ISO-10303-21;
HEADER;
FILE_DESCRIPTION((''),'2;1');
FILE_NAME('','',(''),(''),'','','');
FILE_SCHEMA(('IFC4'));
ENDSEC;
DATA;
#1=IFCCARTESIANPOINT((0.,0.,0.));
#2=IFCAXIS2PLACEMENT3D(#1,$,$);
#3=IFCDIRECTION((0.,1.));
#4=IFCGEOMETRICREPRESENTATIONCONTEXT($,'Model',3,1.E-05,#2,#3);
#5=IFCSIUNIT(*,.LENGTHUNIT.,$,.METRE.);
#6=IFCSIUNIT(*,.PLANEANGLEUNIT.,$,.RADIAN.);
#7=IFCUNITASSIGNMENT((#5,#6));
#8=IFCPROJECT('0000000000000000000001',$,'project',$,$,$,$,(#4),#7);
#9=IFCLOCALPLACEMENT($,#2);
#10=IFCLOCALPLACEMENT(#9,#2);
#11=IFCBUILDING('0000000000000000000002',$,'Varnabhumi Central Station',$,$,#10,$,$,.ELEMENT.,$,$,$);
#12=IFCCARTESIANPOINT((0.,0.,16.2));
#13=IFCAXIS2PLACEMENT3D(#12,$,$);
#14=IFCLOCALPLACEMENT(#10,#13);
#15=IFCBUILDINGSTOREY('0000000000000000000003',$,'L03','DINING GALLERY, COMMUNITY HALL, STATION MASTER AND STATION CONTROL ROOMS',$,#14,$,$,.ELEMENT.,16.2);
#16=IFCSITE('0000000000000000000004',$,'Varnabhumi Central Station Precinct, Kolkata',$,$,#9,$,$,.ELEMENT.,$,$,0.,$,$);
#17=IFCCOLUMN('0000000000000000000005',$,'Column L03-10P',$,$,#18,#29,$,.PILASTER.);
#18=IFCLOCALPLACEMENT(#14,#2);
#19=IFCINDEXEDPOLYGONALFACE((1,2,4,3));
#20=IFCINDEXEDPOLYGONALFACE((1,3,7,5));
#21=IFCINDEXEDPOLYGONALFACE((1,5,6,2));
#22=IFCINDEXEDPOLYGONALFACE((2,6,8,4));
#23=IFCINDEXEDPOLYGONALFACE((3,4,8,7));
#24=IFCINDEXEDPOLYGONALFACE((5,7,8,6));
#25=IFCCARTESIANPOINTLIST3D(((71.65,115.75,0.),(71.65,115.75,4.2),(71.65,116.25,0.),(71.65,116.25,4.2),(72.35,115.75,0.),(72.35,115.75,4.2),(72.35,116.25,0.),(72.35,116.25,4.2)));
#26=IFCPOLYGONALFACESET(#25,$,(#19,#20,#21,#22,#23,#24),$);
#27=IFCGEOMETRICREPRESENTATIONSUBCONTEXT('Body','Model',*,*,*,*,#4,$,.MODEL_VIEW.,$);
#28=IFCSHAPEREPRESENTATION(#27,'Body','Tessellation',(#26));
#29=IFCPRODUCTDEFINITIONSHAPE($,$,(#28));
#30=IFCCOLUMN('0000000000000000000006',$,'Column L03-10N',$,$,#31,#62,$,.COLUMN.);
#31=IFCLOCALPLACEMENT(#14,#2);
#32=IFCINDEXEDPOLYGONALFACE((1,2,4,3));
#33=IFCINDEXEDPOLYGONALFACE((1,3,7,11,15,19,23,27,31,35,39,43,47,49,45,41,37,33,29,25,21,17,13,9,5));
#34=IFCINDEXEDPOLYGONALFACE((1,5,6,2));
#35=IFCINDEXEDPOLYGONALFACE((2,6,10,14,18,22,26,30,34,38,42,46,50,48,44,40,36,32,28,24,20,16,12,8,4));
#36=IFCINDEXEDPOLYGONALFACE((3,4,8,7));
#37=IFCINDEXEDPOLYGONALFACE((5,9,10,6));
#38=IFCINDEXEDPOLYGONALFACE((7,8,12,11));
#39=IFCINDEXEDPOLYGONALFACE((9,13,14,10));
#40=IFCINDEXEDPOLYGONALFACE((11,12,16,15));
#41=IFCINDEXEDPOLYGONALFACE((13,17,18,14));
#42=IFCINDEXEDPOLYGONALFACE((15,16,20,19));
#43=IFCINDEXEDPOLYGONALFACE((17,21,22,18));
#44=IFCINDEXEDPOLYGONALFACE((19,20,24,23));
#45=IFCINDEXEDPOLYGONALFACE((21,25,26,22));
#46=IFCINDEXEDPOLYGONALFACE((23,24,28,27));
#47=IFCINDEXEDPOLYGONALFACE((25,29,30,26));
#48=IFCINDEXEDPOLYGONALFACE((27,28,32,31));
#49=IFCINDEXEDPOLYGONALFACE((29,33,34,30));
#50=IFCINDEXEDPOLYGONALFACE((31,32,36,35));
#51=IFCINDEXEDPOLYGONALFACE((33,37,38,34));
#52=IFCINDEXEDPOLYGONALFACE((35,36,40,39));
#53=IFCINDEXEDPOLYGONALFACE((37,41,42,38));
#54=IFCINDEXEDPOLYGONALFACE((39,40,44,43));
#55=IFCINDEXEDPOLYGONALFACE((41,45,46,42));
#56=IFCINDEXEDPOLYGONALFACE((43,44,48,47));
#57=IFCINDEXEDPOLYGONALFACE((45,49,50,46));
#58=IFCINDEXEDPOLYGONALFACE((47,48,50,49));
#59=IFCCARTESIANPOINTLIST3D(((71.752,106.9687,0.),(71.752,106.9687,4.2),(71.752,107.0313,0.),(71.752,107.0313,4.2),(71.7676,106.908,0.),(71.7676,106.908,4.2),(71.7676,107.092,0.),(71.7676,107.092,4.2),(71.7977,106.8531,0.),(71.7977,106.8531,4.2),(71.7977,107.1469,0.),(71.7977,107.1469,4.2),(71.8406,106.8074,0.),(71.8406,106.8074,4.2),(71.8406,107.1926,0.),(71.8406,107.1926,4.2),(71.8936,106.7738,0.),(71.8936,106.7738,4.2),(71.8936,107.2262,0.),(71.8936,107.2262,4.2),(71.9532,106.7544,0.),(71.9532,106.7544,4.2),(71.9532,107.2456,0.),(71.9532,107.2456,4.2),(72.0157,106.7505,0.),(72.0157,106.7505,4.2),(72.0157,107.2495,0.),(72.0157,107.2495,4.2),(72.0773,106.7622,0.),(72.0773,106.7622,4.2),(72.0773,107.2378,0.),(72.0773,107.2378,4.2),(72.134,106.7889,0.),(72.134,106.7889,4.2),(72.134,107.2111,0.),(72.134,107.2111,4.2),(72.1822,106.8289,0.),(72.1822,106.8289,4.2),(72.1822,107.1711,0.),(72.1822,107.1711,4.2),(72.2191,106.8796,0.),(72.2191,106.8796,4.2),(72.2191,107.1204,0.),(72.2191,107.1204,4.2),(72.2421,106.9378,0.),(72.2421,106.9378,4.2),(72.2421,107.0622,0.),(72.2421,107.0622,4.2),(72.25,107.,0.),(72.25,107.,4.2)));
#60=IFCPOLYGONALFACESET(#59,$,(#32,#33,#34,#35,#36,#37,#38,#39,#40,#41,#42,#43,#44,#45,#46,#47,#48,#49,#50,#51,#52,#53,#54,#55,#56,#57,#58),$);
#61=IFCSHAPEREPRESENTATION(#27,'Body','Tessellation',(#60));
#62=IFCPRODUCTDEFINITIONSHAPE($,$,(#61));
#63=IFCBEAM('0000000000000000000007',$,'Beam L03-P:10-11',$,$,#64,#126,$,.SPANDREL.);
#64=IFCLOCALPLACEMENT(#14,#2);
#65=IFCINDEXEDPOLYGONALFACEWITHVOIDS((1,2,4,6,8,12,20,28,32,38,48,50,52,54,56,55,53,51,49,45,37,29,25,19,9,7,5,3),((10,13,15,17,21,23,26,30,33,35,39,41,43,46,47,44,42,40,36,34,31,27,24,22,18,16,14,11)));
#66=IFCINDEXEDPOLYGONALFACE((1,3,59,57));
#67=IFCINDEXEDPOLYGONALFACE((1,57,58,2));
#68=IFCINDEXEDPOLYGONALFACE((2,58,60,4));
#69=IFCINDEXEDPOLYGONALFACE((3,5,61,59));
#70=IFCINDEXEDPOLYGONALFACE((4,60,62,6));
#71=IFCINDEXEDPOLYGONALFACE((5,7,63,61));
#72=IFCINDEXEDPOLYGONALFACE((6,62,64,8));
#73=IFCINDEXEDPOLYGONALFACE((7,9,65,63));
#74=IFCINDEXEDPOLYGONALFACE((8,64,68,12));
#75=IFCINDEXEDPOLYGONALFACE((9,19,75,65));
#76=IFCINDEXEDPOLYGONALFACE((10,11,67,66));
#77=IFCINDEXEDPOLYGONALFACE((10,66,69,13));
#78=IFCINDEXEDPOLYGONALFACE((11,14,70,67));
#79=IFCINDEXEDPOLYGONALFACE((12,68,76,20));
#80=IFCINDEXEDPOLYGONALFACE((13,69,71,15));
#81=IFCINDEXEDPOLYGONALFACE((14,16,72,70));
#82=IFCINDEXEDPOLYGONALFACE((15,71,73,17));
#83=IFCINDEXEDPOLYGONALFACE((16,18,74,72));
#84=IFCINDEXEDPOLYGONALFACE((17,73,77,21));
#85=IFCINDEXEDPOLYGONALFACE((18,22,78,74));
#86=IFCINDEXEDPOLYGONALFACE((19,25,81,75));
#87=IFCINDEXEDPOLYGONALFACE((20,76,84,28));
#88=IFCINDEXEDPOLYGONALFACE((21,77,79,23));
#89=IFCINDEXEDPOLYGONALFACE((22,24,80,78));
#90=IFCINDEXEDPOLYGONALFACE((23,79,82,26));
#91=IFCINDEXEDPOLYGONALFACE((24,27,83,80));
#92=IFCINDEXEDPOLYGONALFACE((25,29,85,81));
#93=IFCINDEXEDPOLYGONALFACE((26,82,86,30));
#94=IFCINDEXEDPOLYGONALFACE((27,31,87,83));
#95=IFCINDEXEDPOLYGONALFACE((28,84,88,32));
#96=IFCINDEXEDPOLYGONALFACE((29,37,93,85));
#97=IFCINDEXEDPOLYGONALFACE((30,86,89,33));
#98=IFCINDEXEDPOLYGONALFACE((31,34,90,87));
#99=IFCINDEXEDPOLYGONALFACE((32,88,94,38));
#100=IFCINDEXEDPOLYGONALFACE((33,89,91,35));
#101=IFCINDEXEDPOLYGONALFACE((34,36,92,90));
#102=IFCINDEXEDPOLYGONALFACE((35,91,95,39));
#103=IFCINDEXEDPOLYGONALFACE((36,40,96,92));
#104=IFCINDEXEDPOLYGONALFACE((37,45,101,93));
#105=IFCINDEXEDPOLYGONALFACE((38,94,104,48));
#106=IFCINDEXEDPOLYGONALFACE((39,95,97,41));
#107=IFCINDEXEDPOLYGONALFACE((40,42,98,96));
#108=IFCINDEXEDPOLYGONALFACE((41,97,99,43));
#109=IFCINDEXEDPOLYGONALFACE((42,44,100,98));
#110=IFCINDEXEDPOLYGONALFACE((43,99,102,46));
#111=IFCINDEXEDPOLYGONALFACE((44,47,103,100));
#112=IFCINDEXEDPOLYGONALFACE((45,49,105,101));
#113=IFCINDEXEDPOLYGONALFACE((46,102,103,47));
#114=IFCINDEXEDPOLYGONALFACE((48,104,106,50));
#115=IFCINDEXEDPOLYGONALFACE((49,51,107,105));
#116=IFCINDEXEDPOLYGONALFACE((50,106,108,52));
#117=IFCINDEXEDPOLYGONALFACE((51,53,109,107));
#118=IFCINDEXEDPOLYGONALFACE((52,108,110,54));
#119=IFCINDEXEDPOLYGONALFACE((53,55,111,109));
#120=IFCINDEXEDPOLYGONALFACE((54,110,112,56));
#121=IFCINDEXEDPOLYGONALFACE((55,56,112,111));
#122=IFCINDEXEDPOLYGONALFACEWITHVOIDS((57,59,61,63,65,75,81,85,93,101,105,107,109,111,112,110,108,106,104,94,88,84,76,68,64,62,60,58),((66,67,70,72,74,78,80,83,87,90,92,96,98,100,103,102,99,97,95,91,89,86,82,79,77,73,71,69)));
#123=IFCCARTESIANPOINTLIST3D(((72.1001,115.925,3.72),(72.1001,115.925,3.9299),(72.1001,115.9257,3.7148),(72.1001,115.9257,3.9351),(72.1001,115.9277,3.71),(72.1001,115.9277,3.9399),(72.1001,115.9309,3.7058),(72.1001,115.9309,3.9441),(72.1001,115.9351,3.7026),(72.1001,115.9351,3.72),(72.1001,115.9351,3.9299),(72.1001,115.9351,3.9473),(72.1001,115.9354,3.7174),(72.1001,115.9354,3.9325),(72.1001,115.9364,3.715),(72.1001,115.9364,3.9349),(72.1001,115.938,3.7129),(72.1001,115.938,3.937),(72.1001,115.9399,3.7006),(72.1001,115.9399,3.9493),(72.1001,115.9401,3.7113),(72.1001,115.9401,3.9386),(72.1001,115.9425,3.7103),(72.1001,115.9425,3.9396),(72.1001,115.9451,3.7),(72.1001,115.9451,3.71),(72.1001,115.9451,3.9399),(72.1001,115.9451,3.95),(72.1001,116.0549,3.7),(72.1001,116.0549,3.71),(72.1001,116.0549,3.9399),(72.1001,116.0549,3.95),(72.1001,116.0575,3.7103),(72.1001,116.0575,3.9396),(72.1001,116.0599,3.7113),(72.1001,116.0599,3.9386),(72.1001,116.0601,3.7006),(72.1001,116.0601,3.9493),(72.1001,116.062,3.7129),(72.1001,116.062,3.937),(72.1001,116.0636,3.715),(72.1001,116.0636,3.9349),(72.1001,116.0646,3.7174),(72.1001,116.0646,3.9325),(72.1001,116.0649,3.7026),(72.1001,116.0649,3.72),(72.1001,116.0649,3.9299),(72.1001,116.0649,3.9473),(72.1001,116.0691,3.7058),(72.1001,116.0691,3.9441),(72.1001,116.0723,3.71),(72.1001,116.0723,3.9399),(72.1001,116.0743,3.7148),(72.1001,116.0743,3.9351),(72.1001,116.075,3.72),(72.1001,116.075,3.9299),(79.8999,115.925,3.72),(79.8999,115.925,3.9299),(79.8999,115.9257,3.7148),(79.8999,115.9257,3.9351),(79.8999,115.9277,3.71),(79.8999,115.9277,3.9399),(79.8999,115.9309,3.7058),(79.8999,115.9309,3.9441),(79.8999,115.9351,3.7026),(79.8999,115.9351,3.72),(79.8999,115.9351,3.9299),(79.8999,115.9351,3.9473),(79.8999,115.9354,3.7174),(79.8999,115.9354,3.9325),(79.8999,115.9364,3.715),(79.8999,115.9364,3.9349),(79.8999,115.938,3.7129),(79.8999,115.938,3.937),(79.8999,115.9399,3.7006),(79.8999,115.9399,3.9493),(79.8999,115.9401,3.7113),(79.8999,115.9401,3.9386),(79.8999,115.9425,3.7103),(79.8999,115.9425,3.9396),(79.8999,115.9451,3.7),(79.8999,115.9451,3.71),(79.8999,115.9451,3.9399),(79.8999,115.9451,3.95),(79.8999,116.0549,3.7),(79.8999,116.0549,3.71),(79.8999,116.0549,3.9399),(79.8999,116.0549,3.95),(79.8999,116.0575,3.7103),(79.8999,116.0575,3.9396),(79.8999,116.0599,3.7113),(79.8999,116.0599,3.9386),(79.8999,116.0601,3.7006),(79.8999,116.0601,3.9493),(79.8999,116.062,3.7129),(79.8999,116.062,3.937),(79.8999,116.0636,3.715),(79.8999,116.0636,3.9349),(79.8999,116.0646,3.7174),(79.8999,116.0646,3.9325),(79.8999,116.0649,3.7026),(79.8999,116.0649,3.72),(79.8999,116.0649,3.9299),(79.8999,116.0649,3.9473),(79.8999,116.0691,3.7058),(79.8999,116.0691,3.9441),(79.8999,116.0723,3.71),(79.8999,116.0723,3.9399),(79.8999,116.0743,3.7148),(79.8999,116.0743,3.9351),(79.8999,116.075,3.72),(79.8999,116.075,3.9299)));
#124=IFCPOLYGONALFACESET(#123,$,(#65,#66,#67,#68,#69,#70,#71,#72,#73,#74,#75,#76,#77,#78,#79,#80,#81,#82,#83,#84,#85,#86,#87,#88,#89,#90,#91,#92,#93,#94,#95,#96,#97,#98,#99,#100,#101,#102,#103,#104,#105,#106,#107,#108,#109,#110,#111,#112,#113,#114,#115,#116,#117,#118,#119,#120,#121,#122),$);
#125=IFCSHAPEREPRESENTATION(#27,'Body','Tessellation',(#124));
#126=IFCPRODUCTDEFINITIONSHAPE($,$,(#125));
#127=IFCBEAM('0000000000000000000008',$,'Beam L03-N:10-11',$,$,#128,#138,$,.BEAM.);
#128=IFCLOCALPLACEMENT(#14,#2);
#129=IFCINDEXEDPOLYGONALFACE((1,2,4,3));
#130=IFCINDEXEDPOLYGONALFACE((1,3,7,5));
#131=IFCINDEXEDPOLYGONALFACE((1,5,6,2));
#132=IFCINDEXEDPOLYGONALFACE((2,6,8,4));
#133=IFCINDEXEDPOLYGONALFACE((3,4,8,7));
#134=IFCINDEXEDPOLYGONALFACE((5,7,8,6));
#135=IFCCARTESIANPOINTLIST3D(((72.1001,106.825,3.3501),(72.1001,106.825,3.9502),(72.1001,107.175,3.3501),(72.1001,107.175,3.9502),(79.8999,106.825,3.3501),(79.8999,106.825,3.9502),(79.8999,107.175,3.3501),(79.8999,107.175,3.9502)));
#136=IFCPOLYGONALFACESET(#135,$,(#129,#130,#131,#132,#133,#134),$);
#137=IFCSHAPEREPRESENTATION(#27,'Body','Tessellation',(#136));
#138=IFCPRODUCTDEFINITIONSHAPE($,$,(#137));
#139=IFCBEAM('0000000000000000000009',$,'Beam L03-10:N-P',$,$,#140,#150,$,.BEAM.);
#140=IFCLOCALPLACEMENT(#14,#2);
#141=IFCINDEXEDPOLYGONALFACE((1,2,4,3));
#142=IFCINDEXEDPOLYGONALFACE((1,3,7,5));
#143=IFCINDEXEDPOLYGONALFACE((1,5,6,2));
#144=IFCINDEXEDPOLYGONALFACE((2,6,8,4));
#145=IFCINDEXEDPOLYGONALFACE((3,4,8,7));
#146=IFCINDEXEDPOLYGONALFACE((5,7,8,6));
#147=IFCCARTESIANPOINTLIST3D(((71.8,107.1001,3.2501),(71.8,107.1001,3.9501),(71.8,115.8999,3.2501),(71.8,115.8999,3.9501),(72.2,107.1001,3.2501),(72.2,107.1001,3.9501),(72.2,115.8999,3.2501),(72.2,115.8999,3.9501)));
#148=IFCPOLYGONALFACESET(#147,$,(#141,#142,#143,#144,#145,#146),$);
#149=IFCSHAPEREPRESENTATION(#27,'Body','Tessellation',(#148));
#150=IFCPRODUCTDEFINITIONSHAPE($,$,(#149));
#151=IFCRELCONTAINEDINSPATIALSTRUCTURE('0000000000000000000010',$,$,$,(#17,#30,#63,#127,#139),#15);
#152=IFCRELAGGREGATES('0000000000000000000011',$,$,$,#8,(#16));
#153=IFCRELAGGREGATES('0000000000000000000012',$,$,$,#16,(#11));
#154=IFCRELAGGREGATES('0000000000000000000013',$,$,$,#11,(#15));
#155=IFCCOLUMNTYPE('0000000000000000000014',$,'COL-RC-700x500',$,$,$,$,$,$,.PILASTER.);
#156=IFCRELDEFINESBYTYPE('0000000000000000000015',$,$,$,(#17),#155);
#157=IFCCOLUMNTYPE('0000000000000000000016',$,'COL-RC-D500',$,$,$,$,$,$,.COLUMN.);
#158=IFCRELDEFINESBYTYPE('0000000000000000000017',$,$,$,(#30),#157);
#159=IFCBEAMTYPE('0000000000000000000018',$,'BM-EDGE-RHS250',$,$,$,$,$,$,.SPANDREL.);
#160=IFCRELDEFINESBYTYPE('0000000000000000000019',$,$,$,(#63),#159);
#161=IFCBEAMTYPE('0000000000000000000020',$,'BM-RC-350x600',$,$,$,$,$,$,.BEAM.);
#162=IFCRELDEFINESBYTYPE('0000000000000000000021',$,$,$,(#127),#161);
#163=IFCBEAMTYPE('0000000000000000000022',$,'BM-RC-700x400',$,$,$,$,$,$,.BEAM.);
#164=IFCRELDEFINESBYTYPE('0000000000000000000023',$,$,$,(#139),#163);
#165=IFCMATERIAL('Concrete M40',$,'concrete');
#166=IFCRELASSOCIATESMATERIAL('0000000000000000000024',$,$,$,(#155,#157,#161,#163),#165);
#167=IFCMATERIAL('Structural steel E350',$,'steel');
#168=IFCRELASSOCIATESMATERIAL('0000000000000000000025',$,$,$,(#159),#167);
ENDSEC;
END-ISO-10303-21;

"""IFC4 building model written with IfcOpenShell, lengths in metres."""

from ifc_helpers import new_model, si_unit, direction, frame, origin, origin_2d, place, context, subcontext, project, spatial, rectangle, hollow_rectangle, circle, extrude, material, material_profile, profile_set, type_object, element, save


model = new_model("IFC4")

# Units and contexts
model_context = context("Model", 3, precision=1e-05, world=origin(), true_north=direction((0.0, 1.0)))
body_context = subcontext(model_context, "Body", "Model", "MODEL_VIEW")
ifc_project = project(units=[si_unit("LENGTHUNIT", "METRE"), si_unit("PLANEANGLEUNIT", "RADIAN")], contexts=[model_context])

# Site, building, storey
site_placement = place(None, origin())
site = spatial("IfcSite", under=ifc_project, at=site_placement, Name="Varnabhumi Central Station Precinct, Kolkata", CompositionType="ELEMENT", RefElevation=0.0)
building_placement = place(site_placement, origin())
building = spatial("IfcBuilding", under=site, at=building_placement, Name="Varnabhumi Central Station", CompositionType="ELEMENT")
storey_placement = place(building_placement, frame((0.0, 0.0, 16.2)))
storey = spatial("IfcBuildingStorey", under=building, at=storey_placement, Name="L03", Description="DINING GALLERY, COMMUNITY HALL, STATION MASTER AND STATION CONTROL ROOMS", CompositionType="ELEMENT", Elevation=16.2)

# Columns
ifc_material_1 = material(Name="Concrete M40", Category="concrete")
ifc_material_profile_1 = material_profile(ifc_material_1, rectangle(XDim=0.7, YDim=0.5, at=origin_2d()), Name="Concrete M40", Category="concrete")
ifc_profile_set_1 = profile_set([ifc_material_profile_1], Name="Concrete M40")
column_type_1 = type_object("IfcColumnType", Name="COL-RC-700x500", PredefinedType="PILASTER", material=ifc_profile_set_1)
column_1_placement = place(storey_placement, frame((72.0, 116.0, 0.0), z_axis=(0.0, 0.0, 1.0), x_axis=(1.0, 0.0, 0.0)))
element("IfcColumn", 1, at=column_1_placement, inside=storey, type_object=column_type_1, Name="Column L03-10P", PredefinedType="PILASTER", context=body_context, shape_type="SweptSolid", body=[
    extrude(rectangle(XDim=0.7, YDim=0.5, at=origin_2d()), origin(), (0.0, 0.0, 1.0), 4.2),
])
ifc_material_profile_2 = material_profile(ifc_material_1, circle(Radius=0.25, at=origin_2d()), Name="Concrete M40", Category="concrete")
ifc_profile_set_2 = profile_set([ifc_material_profile_2], Name="Concrete M40")
column_type_2 = type_object("IfcColumnType", Name="COL-RC-D500", PredefinedType="COLUMN", material=ifc_profile_set_2)
column_2_placement = place(storey_placement, frame((72.0, 107.0, 0.0), z_axis=(0.0, 0.0, 1.0), x_axis=(1.0, 0.0, 0.0)))
element("IfcColumn", 2, at=column_2_placement, inside=storey, type_object=column_type_2, Name="Column L03-10N", PredefinedType="COLUMN", context=body_context, shape_type="SweptSolid", body=[
    extrude(circle(Radius=0.25, at=origin_2d()), origin(), (0.0, 0.0, 1.0), 4.2),
])

# Beams
ifc_material_2 = material(Name="Structural steel E350", Category="steel")
ifc_material_profile_3 = material_profile(ifc_material_2, hollow_rectangle(XDim=0.1499, YDim=0.25, WallThickness=0.01, InnerFilletRadius=0.01, OuterFilletRadius=0.02, at=origin_2d()), Name="Structural steel E350", Category="steel")
ifc_profile_set_3 = profile_set([ifc_material_profile_3], Name="Structural steel E350")
beam_type_1 = type_object("IfcBeamType", Name="BM-EDGE-RHS250", PredefinedType="SPANDREL", material=ifc_profile_set_3)
beam_1_placement = place(storey_placement, frame((72.1001, 116.0, 3.825), z_axis=(1.0, 0.0, 0.0), x_axis=(0.0, 1.0, 0.0)))
element("IfcBeam", 3, at=beam_1_placement, inside=storey, type_object=beam_type_1, Name="Beam L03-P:10-11", PredefinedType="SPANDREL", context=body_context, shape_type="SweptSolid", body=[
    extrude(hollow_rectangle(XDim=0.1499, YDim=0.25, WallThickness=0.01, InnerFilletRadius=0.01, OuterFilletRadius=0.02, at=origin_2d()), origin(), (0.0, 0.0, 1.0), 7.7998),
])
ifc_material_profile_4 = material_profile(ifc_material_1, rectangle(XDim=0.3501, YDim=0.6001, at=origin_2d()), Name="Concrete M40", Category="concrete")
ifc_profile_set_4 = profile_set([ifc_material_profile_4], Name="Concrete M40")
beam_type_2 = type_object("IfcBeamType", Name="BM-RC-350x600", PredefinedType="BEAM", material=ifc_profile_set_4)
beam_2_placement = place(storey_placement, frame((72.1001, 107.0, 3.6501), z_axis=(1.0, 0.0, 0.0), x_axis=(0.0, 1.0, 0.0)))
element("IfcBeam", 4, at=beam_2_placement, inside=storey, type_object=beam_type_2, Name="Beam L03-N:10-11", PredefinedType="BEAM", context=body_context, shape_type="SweptSolid", body=[
    extrude(rectangle(XDim=0.3501, YDim=0.6001, at=origin_2d()), origin(), (0.0, 0.0, 1.0), 7.7998),
])
ifc_material_profile_5 = material_profile(ifc_material_1, rectangle(XDim=0.3999, YDim=0.7, at=origin_2d()), Name="Concrete M40", Category="concrete")
ifc_profile_set_5 = profile_set([ifc_material_profile_5], Name="Concrete M40")
beam_type_3 = type_object("IfcBeamType", Name="BM-RC-700x400", PredefinedType="BEAM", material=ifc_profile_set_5)
beam_3_placement = place(storey_placement, frame((72.0, 107.1001, 3.6001), z_axis=(0.0, 1.0, 0.0), x_axis=(-1.0, 0.0, 0.0)))
element("IfcBeam", 5, at=beam_3_placement, inside=storey, type_object=beam_type_3, Name="Beam L03-10:N-P", PredefinedType="BEAM", context=body_context, shape_type="SweptSolid", body=[
    extrude(rectangle(XDim=0.3999, YDim=0.7, at=origin_2d()), origin(), (0.0, 0.0, 1.0), 8.7998),
])

save(model, "model.ifc")
